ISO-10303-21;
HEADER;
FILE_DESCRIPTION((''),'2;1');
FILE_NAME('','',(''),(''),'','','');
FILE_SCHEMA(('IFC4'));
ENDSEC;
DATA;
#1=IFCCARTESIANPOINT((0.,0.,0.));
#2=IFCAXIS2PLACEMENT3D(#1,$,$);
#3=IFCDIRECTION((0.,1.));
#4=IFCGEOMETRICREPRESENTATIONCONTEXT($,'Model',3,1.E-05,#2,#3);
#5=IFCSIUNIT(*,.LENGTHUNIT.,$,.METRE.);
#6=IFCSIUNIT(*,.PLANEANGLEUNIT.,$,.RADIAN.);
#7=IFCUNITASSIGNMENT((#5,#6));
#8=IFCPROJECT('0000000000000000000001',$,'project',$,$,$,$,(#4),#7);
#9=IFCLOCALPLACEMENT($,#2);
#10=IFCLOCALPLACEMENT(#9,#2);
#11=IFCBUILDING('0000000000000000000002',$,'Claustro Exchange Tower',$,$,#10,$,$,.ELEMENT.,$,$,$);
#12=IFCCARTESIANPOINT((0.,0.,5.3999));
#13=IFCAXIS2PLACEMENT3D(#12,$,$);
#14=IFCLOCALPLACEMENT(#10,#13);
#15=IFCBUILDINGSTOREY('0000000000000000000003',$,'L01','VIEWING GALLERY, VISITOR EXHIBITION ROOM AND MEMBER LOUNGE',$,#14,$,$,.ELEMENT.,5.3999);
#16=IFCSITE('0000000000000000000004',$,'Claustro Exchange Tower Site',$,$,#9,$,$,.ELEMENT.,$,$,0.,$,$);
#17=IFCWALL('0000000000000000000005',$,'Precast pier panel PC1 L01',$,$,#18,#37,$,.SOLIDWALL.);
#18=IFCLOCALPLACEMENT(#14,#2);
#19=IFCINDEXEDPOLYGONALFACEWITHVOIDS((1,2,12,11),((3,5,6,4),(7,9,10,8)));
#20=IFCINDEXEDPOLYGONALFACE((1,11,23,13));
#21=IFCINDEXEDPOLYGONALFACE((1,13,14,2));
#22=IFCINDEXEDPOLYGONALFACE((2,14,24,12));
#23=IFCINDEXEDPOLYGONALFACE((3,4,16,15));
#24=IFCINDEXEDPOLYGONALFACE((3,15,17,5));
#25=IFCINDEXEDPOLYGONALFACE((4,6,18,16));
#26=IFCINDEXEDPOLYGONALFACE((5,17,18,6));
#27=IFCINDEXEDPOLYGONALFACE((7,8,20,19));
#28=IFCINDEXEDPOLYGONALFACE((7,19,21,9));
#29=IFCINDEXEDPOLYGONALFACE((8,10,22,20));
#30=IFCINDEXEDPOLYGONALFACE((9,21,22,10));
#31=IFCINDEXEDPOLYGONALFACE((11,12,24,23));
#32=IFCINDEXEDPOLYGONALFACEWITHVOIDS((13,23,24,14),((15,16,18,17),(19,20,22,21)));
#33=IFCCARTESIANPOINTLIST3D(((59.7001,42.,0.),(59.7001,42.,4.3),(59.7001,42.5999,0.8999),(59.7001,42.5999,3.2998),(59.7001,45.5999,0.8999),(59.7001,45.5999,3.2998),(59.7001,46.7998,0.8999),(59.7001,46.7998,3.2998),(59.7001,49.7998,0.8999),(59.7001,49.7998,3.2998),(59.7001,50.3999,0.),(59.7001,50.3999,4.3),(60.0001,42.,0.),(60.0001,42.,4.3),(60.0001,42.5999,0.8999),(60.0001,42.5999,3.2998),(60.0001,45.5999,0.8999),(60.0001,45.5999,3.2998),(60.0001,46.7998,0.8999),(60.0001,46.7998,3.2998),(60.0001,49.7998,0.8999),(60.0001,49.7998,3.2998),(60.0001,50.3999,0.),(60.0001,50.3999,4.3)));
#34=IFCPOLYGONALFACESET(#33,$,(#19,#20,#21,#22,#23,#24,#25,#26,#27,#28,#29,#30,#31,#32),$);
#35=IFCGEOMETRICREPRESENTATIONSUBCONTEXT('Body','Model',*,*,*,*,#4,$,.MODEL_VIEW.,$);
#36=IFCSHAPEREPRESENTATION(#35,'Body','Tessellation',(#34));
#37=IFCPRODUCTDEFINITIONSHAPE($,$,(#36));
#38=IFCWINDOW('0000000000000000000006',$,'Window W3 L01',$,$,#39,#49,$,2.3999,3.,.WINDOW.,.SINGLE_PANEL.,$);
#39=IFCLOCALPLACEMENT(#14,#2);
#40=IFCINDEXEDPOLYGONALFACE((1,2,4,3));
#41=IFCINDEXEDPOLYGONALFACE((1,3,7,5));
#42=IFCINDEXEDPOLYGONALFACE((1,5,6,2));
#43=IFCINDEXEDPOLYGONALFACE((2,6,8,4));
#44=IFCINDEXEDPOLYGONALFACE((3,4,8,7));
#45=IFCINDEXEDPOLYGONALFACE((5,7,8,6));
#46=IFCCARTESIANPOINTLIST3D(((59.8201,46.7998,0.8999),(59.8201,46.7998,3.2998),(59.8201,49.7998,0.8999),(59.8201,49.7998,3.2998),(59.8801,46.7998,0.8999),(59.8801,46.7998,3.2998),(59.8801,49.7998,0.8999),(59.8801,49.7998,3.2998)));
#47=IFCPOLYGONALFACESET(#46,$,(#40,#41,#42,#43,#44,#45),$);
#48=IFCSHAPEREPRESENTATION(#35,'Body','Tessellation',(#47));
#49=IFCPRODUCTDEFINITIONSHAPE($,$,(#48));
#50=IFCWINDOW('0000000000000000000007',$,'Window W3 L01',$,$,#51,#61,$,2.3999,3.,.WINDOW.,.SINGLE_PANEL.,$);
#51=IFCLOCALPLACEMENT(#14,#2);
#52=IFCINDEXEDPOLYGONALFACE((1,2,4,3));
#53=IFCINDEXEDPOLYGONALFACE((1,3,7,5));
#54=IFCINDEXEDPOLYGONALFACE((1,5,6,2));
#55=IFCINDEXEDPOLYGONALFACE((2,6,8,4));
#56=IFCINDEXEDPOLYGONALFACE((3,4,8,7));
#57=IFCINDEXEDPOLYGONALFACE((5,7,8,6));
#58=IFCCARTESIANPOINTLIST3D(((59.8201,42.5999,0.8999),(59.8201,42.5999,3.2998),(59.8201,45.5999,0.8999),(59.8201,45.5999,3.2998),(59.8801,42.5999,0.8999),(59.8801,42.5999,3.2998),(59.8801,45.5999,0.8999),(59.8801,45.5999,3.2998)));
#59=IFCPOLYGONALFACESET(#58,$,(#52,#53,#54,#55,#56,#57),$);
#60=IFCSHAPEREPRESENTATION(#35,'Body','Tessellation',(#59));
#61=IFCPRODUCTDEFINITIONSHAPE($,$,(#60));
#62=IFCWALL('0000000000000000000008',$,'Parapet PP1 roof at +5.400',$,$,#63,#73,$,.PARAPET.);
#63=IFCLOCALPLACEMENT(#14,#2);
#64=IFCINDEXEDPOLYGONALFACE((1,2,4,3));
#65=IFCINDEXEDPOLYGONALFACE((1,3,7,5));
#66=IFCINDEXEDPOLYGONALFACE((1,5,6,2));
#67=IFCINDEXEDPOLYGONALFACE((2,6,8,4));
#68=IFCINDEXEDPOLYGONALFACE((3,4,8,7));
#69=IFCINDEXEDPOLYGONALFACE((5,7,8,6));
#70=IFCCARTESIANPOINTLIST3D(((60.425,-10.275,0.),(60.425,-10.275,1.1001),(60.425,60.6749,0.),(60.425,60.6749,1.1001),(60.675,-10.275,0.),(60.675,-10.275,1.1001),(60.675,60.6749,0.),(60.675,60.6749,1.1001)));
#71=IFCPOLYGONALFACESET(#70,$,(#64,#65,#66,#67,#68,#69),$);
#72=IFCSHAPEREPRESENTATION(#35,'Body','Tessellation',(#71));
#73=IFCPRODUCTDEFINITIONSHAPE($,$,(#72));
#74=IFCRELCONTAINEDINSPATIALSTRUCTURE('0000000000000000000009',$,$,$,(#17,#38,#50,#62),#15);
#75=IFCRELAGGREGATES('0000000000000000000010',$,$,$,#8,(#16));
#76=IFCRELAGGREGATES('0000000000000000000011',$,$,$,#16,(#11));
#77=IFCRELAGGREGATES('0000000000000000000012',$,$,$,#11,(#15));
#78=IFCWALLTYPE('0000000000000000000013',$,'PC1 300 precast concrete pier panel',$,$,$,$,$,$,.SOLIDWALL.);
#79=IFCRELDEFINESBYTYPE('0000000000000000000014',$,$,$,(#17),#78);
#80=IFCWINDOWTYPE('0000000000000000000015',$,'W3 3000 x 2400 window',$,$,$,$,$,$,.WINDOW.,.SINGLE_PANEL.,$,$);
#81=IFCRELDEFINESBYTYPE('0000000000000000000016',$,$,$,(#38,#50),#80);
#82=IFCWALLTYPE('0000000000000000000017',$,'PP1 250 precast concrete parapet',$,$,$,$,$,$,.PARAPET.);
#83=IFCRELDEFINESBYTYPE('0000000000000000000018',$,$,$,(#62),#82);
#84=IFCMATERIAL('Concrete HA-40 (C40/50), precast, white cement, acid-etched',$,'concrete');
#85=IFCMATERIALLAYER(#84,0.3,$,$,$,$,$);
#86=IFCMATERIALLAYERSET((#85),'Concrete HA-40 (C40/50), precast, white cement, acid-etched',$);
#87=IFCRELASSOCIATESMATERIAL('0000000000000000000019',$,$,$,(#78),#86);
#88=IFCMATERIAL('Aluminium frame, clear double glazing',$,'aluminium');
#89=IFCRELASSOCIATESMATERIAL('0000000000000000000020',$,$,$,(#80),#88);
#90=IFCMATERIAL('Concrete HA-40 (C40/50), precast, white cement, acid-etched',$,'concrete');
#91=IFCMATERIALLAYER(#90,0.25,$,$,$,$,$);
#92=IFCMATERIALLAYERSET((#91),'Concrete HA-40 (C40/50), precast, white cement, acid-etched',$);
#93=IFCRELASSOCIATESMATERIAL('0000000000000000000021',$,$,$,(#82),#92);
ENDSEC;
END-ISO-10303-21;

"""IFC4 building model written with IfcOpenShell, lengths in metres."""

from ifc_helpers import new_model, si_unit, direction, frame, frame_2d, origin, place, context, subcontext, project, spatial, rectangle, extrude, material, layer, layer_set, type_object, element, fill, save


model = new_model("IFC4")

# Units and contexts
model_context = context("Model", 3, precision=1e-05, world=origin(), true_north=direction((0.0, 1.0)))
body_context = subcontext(model_context, "Body", "Model", "MODEL_VIEW")
ifc_project = project(units=[si_unit("LENGTHUNIT", "METRE"), si_unit("PLANEANGLEUNIT", "RADIAN")], contexts=[model_context])

# Site, building, storey
site_placement = place(None, origin())
site = spatial("IfcSite", under=ifc_project, at=site_placement, Name="Claustro Exchange Tower Site", CompositionType="ELEMENT", RefElevation=0.0)
building_placement = place(site_placement, origin())
building = spatial("IfcBuilding", under=site, at=building_placement, Name="Claustro Exchange Tower", CompositionType="ELEMENT")
storey_placement = place(building_placement, frame((0.0, 0.0, 5.3999)))
storey = spatial("IfcBuildingStorey", under=building, at=storey_placement, Name="L01", Description="VIEWING GALLERY, VISITOR EXHIBITION ROOM AND MEMBER LOUNGE", CompositionType="ELEMENT", Elevation=5.3999)

# Shared definitions
ifc_material_1 = material(Name="Concrete HA-40 (C40/50), precast, white cement, acid-etched", Category="concrete")
ifc_layer_1 = layer(ifc_material_1, 0.3)
ifc_layer_set_1 = layer_set([ifc_layer_1], Name="Concrete HA-40 (C40/50), precast, white cement, acid-etched")
wall_type_1 = type_object("IfcWallType", Name="PC1 300 precast concrete pier panel", PredefinedType="SOLIDWALL", material=ifc_layer_set_1)

# Wall, openings, windows
ifc_material_2 = material(Name="Aluminium frame, clear double glazing", Category="aluminium")
window_type = type_object("IfcWindowType", Name="W3 3000 x 2400 window", PartitioningType="SINGLE_PANEL", PredefinedType="WINDOW", material=ifc_material_2)
wall_1_placement = place(storey_placement, frame((59.8501, 50.3999, 0.0), z_axis=(0.0, 0.0, 1.0), x_axis=(0.0, -1.0, 0.0)))
wall_1 = element("IfcWall", 1, at=wall_1_placement, inside=storey, type_object=wall_type_1, Name="Precast pier panel PC1 L01", PredefinedType="SOLIDWALL", context=body_context, shape_type="SweptSolid", body=[
    extrude(rectangle(XDim=8.3999, YDim=0.3, at=frame_2d((4.2, 0.0))), origin(), (0.0, 0.0, 1.0), 4.3),
])
opening_1_placement = place(wall_1_placement, frame((0.6001, 0.0, 0.8999)))
opening_1 = element("IfcOpeningElement", 2, at=opening_1_placement, cuts=wall_1, PredefinedType="OPENING", context=body_context, shape_type="SweptSolid", body=[
    extrude(rectangle(XDim=3.0, YDim=2.3999, at=frame_2d((1.5, 1.2))), frame((0.0, 0.1599, 0.0), z_axis=(0.0, -1.0, 0.0), x_axis=(1.0, 0.0, 0.0)), (0.0, 0.0, 1.0), 0.3201),
])
opening_2_placement = place(wall_1_placement, frame((4.8, 0.0, 0.8999)))
opening_2 = element("IfcOpeningElement", 3, at=opening_2_placement, cuts=wall_1, PredefinedType="OPENING", context=body_context, shape_type="SweptSolid", body=[
    extrude(rectangle(XDim=3.0, YDim=2.3999, at=frame_2d((1.5, 1.2))), frame((0.0, 0.1599, 0.0), z_axis=(0.0, -1.0, 0.0), x_axis=(1.0, 0.0, 0.0)), (0.0, 0.0, 1.0), 0.3201),
])
window_1_placement = place(opening_1_placement, origin())
window_1 = element("IfcWindow", 4, at=window_1_placement, inside=storey, type_object=window_type, Name="Window W3 L01", OverallHeight=2.3999, OverallWidth=3.0, PartitioningType="SINGLE_PANEL", PredefinedType="WINDOW", context=body_context, shape_type="SweptSolid", body=[
    extrude(rectangle(XDim=3.0, YDim=2.3999, at=frame_2d((1.5, 1.2))), frame((0.0, 0.03, 0.0), z_axis=(0.0, -1.0, 0.0), x_axis=(1.0, 0.0, 0.0)), (0.0, 0.0, 1.0), 0.0601),
])
fill(opening_1, window_1)
window_2_placement = place(opening_2_placement, origin())
window_2 = element("IfcWindow", 5, at=window_2_placement, inside=storey, type_object=window_type, Name="Window W3 L01", OverallHeight=2.3999, OverallWidth=3.0, PartitioningType="SINGLE_PANEL", PredefinedType="WINDOW", context=body_context, shape_type="SweptSolid", body=[
    extrude(rectangle(XDim=3.0, YDim=2.3999, at=frame_2d((1.5, 1.2))), frame((0.0, 0.03, 0.0), z_axis=(0.0, -1.0, 0.0), x_axis=(1.0, 0.0, 0.0)), (0.0, 0.0, 1.0), 0.0601),
])
fill(opening_2, window_2)

# Wall
ifc_material_3 = material(Name="Concrete HA-40 (C40/50), precast, white cement, acid-etched", Category="concrete")
ifc_layer_2 = layer(ifc_material_3, 0.25)
ifc_layer_set_2 = layer_set([ifc_layer_2], Name="Concrete HA-40 (C40/50), precast, white cement, acid-etched")
wall_type_2 = type_object("IfcWallType", Name="PP1 250 precast concrete parapet", PredefinedType="PARAPET", material=ifc_layer_set_2)
wall_2_placement = place(storey_placement, frame((60.55, 60.675, 0.0), z_axis=(0.0, 0.0, 1.0), x_axis=(0.0, -1.0, 0.0)))
element("IfcWall", 6, at=wall_2_placement, inside=storey, type_object=wall_type_2, Name="Parapet PP1 roof at +5.400", PredefinedType="PARAPET", context=body_context, shape_type="SweptSolid", body=[
    extrude(rectangle(XDim=70.95, YDim=0.25, at=frame_2d((35.4751, 0.0))), origin(), (0.0, 0.0, 1.0), 1.1001),
])

save(model, "model.ifc")
